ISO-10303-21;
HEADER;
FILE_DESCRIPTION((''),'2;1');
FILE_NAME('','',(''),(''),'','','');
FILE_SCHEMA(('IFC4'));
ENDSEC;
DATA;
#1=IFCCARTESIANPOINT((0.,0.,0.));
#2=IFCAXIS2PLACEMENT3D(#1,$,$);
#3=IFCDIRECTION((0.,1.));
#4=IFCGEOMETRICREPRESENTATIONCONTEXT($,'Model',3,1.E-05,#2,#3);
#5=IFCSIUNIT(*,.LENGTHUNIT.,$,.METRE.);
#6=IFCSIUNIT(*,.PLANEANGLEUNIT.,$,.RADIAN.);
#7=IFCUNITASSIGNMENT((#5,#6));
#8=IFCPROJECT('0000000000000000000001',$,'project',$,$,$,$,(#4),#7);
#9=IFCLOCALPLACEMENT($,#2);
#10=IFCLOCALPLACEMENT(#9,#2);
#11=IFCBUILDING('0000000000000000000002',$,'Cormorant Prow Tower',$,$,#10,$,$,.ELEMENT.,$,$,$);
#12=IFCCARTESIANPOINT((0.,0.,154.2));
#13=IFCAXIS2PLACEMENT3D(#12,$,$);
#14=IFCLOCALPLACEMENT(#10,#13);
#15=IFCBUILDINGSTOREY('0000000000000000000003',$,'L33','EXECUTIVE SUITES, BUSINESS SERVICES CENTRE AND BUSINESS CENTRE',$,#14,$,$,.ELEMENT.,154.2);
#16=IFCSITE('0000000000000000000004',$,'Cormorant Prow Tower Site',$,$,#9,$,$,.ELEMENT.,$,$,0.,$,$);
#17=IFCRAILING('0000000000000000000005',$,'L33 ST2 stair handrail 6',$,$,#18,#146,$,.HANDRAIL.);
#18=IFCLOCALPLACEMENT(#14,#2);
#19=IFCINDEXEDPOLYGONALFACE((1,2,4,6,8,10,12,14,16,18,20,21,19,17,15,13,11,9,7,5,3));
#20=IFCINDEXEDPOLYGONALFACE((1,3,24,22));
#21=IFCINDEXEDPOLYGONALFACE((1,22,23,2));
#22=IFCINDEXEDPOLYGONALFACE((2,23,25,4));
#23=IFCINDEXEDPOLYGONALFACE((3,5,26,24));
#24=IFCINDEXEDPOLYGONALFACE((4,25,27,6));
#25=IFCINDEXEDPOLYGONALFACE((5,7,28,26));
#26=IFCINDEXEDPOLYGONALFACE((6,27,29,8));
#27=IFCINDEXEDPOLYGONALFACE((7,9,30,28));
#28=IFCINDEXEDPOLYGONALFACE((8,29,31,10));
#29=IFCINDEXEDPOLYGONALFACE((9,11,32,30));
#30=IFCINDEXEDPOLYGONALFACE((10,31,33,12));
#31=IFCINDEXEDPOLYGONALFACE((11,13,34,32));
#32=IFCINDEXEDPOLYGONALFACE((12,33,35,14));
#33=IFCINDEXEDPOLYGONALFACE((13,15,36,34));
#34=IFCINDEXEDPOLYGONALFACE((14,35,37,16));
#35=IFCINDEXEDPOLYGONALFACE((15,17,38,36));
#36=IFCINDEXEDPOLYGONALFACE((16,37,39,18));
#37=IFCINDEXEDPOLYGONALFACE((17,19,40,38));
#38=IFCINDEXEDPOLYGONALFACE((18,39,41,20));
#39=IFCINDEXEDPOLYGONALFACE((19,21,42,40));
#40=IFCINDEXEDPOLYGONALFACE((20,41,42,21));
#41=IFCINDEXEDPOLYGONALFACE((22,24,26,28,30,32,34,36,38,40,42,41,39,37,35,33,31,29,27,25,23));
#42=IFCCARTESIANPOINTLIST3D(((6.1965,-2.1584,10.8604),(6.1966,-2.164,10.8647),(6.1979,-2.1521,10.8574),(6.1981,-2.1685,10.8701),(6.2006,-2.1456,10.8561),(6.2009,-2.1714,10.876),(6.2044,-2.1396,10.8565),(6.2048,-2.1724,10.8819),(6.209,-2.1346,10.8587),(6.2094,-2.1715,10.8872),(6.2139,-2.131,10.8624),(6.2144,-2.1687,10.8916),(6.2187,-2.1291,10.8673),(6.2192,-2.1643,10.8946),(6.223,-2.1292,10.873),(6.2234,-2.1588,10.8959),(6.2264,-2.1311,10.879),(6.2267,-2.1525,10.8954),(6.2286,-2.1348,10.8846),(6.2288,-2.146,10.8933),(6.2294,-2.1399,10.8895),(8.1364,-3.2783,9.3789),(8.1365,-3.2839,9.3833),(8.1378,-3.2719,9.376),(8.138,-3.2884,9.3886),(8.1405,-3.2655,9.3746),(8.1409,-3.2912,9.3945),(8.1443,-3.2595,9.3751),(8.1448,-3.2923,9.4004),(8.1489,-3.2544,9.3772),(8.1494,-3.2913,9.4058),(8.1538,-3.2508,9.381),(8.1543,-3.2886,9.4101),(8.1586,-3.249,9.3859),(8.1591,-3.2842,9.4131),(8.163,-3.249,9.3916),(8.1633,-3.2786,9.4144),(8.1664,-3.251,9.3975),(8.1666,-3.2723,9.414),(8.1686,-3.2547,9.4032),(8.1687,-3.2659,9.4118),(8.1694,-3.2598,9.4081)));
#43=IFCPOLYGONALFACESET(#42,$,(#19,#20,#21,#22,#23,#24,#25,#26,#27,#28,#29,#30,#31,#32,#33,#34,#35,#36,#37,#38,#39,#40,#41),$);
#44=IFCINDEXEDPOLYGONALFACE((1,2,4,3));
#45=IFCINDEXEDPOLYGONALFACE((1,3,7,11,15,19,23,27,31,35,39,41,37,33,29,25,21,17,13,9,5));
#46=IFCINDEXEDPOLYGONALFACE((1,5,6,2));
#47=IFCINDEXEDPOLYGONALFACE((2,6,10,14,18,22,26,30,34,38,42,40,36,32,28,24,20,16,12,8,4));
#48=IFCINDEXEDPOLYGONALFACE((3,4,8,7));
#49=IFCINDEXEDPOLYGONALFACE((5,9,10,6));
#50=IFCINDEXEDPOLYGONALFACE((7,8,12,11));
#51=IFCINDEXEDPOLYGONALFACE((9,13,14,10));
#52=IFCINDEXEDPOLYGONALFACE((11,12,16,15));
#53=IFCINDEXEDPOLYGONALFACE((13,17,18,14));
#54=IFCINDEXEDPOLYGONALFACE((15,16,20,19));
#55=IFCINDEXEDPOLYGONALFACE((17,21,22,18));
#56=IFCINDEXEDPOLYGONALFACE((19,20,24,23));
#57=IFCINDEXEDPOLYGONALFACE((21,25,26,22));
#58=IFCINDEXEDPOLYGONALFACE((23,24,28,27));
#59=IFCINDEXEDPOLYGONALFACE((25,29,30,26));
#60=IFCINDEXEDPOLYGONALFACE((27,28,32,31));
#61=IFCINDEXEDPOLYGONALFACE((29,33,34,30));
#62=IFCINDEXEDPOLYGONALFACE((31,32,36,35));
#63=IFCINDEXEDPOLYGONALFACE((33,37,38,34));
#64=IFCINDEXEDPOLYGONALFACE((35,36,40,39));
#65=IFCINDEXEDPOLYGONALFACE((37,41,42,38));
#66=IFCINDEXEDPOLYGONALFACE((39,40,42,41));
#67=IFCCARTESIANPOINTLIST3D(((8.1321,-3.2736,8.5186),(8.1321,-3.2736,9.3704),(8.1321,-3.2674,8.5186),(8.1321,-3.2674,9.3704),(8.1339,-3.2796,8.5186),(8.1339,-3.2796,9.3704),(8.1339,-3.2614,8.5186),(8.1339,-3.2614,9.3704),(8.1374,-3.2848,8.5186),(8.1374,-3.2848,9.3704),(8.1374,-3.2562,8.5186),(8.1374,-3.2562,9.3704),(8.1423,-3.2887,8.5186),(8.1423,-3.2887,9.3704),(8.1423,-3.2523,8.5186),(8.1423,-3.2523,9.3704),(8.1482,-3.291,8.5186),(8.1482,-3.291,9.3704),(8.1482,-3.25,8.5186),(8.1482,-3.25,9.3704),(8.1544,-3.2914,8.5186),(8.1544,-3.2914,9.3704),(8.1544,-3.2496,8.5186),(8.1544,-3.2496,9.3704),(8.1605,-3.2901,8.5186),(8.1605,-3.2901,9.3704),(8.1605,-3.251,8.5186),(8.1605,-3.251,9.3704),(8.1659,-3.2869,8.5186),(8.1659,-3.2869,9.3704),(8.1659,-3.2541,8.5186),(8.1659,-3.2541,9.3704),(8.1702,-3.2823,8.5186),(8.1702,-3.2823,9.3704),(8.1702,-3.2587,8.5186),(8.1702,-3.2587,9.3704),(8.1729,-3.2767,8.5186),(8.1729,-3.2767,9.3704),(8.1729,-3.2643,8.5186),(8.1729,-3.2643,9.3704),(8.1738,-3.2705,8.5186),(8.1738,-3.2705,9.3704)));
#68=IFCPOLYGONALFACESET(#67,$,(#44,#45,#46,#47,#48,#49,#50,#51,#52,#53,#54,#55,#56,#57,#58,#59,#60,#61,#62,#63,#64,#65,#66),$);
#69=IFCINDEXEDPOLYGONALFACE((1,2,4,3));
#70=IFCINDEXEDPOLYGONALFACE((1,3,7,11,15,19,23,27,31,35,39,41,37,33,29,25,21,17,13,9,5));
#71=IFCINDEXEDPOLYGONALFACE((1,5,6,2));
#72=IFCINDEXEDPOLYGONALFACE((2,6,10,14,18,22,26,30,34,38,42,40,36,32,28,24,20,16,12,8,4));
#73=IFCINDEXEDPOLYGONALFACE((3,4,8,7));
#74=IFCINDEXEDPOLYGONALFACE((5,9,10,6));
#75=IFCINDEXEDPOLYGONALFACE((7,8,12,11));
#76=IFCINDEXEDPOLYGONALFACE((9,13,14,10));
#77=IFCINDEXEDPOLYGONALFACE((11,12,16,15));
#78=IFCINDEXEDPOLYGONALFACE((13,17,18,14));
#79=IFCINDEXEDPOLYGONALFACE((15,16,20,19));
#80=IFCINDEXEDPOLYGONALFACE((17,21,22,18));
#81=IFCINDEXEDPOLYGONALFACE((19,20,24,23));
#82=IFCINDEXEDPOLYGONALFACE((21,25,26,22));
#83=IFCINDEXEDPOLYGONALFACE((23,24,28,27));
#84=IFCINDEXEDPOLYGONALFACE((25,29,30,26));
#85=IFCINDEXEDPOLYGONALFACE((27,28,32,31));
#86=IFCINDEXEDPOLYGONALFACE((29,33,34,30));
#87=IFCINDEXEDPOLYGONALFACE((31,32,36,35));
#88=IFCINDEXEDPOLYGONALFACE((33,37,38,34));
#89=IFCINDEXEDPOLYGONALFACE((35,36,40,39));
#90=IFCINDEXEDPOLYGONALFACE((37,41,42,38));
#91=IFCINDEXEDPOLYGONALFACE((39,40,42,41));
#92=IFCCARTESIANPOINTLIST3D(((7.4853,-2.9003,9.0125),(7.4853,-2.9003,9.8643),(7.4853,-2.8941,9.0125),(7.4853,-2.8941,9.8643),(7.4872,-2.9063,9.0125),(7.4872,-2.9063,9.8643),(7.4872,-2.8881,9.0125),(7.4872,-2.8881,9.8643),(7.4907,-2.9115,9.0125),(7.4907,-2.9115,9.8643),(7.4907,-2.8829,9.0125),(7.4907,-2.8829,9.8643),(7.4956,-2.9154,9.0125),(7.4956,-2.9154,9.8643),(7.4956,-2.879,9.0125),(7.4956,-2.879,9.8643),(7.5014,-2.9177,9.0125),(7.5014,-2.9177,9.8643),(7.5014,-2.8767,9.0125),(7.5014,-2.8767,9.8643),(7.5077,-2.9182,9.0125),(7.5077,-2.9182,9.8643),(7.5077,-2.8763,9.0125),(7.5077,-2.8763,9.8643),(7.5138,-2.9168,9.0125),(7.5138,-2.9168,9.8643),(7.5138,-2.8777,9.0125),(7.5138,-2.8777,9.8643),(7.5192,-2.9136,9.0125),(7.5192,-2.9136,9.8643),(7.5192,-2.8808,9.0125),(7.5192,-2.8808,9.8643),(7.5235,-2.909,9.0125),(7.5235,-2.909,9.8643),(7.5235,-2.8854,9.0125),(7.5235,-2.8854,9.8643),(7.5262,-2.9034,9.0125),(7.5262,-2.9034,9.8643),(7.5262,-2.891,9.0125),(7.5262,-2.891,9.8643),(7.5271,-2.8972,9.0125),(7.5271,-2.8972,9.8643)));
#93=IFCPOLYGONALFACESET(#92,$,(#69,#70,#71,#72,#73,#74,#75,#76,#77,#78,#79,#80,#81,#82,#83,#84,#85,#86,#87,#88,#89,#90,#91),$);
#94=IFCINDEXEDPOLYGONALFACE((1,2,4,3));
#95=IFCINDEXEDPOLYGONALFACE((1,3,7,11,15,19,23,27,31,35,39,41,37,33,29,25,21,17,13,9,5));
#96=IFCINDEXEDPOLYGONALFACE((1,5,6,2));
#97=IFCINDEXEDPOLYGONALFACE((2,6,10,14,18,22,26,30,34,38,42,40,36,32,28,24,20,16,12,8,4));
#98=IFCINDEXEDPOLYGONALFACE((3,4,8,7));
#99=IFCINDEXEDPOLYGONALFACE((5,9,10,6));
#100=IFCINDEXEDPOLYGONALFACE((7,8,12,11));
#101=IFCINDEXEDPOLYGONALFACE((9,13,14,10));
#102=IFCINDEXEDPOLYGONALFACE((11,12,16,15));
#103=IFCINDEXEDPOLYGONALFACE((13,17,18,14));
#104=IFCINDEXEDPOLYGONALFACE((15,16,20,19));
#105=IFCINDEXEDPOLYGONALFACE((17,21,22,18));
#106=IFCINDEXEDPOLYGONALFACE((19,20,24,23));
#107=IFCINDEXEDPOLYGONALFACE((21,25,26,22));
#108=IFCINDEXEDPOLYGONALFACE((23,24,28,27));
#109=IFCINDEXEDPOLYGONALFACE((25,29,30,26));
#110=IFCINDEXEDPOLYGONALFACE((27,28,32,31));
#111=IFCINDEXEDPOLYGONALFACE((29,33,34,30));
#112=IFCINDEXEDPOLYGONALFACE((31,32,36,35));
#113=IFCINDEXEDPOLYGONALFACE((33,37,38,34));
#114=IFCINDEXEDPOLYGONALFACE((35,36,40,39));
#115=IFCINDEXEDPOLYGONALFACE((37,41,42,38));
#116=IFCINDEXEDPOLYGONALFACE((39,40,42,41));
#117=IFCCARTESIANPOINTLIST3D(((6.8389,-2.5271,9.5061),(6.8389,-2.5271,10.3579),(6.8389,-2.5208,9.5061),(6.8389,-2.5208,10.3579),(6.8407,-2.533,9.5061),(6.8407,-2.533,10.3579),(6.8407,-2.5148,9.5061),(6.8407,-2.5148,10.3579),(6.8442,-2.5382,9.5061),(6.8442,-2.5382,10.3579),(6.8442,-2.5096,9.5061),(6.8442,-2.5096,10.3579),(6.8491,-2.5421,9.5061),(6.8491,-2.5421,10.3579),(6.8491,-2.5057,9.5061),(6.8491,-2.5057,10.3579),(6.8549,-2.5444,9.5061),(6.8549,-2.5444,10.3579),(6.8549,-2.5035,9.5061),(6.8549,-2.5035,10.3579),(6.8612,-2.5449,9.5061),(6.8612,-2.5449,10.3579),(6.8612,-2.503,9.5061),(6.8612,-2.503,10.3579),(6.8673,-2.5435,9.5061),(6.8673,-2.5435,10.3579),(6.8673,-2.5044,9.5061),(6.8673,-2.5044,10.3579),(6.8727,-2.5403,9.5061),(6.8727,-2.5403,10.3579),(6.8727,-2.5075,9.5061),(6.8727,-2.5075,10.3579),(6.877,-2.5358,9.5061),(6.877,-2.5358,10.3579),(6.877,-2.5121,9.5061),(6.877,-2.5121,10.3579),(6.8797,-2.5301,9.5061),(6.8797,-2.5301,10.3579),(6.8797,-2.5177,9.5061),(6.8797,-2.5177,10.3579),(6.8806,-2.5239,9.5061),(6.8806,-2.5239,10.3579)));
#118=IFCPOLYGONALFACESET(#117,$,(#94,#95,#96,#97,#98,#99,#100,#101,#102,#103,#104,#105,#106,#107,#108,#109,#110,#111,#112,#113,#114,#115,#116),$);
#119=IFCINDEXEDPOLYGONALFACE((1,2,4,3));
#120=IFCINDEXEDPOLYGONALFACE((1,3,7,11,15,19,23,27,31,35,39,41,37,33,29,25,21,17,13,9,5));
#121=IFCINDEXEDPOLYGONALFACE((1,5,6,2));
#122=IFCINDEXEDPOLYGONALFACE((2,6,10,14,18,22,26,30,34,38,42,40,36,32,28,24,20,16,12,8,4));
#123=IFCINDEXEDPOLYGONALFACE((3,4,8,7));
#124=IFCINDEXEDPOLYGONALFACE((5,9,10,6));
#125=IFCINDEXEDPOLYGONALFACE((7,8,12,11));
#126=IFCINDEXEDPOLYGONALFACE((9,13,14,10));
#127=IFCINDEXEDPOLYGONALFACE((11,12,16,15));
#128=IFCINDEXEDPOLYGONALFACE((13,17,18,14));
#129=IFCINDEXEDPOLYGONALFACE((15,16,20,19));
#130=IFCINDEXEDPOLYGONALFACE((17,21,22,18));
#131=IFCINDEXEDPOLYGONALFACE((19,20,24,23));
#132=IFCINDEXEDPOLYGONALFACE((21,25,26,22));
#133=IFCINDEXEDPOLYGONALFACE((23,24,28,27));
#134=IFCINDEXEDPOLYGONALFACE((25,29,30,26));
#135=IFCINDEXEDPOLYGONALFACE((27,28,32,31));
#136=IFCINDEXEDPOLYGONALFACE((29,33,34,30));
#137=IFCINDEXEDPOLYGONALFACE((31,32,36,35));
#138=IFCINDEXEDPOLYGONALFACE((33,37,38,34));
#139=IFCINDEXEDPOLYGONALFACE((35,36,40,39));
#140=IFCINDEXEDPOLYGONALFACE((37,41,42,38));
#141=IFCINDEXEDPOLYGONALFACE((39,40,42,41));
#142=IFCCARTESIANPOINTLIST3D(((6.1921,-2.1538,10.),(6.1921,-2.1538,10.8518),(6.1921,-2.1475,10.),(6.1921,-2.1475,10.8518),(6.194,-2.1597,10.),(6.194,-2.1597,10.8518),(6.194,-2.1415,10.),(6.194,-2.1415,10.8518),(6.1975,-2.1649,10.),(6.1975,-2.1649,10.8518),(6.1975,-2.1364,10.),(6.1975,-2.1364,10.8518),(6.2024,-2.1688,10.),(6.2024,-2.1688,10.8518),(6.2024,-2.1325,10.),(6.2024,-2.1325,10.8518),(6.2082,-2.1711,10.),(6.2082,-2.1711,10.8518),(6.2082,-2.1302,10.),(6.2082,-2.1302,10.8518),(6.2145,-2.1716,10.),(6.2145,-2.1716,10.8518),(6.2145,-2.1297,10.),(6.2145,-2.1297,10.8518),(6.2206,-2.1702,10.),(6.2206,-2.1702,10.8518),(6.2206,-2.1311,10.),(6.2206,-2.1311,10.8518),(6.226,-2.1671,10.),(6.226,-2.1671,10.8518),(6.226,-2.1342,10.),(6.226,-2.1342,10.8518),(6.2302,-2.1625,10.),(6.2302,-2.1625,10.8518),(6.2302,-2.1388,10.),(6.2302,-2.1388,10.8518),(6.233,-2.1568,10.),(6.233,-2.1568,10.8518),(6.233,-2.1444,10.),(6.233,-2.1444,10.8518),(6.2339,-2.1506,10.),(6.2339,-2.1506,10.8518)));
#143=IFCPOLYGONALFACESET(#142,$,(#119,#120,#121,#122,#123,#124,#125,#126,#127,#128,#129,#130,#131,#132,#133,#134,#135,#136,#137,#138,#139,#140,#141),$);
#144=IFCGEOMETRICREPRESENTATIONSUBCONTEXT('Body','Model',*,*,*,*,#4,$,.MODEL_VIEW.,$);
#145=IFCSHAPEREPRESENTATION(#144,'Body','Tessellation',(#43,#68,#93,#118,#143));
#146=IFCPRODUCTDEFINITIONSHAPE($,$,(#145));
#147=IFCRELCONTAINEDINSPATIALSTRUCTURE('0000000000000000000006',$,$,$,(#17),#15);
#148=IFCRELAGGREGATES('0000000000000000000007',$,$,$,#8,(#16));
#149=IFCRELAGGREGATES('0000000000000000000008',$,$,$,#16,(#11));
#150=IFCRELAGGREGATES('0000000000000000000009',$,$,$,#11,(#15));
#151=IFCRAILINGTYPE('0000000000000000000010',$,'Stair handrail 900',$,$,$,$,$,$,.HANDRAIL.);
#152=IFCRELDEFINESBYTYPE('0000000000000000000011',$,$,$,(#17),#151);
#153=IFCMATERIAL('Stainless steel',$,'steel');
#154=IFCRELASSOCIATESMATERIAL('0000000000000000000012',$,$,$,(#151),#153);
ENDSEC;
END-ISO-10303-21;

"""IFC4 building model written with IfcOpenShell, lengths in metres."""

from ifc_helpers import new_model, si_unit, direction, frame, origin, origin_2d, place, context, subcontext, project, spatial, circle, extrude, material, type_object, element, save


model = new_model("IFC4")

# Units and contexts
model_context = context("Model", 3, precision=1e-05, world=origin(), true_north=direction((0.0, 1.0)))
body_context = subcontext(model_context, "Body", "Model", "MODEL_VIEW")
ifc_project = project(units=[si_unit("LENGTHUNIT", "METRE"), si_unit("PLANEANGLEUNIT", "RADIAN")], contexts=[model_context])

# Site, building, storey
site_placement = place(None, origin())
site = spatial("IfcSite", under=ifc_project, at=site_placement, Name="Cormorant Prow Tower Site", CompositionType="ELEMENT", RefElevation=0.0)
building_placement = place(site_placement, origin())
building = spatial("IfcBuilding", under=site, at=building_placement, Name="Cormorant Prow Tower", CompositionType="ELEMENT")
storey_placement = place(building_placement, frame((0.0, 0.0, 154.2)))
storey = spatial("IfcBuildingStorey", under=building, at=storey_placement, Name="L33", Description="EXECUTIVE SUITES, BUSINESS SERVICES CENTRE AND BUSINESS CENTRE", CompositionType="ELEMENT", Elevation=154.2)

# Railing
ifc_material_1 = material(Name="Stainless steel", Category="steel")
railing_type_1 = type_object("IfcRailingType", Name="Stair handrail 900", PredefinedType="HANDRAIL", material=ifc_material_1)
railing_1_placement = place(storey_placement, frame((8.1528, -3.2705, 8.5186)))
element("IfcRailing", 1, at=railing_1_placement, inside=storey, type_object=railing_type_1, Name="L33 ST2 stair handrail 6", PredefinedType="HANDRAIL", context=body_context, shape_type="SweptSolid", body=[
    extrude(circle(Radius=0.0239, at=origin_2d()), frame((0.0, 0.0, 0.876), z_axis=(-0.722363, 0.417, 0.551636), x_axis=(-0.499949, -0.866055, 0.0)), (0.0, 0.0, 1.0), 2.6855),
    extrude(circle(Radius=0.021, at=origin_2d()), origin(), (0.0, 0.0, 1.0), 0.8518),
    extrude(circle(Radius=0.021, at=origin_2d()), frame((-0.6467, 0.3733, 0.4939)), (0.0, 0.0, 1.0), 0.8518),
    extrude(circle(Radius=0.021, at=origin_2d()), frame((-1.2932, 0.7466, 0.9875)), (0.0, 0.0, 1.0), 0.8518),
    extrude(circle(Radius=0.021, at=origin_2d()), frame((-1.9399, 1.1199, 1.4814)), (0.0, 0.0, 1.0), 0.8518),
])

save(model, "model.ifc")
